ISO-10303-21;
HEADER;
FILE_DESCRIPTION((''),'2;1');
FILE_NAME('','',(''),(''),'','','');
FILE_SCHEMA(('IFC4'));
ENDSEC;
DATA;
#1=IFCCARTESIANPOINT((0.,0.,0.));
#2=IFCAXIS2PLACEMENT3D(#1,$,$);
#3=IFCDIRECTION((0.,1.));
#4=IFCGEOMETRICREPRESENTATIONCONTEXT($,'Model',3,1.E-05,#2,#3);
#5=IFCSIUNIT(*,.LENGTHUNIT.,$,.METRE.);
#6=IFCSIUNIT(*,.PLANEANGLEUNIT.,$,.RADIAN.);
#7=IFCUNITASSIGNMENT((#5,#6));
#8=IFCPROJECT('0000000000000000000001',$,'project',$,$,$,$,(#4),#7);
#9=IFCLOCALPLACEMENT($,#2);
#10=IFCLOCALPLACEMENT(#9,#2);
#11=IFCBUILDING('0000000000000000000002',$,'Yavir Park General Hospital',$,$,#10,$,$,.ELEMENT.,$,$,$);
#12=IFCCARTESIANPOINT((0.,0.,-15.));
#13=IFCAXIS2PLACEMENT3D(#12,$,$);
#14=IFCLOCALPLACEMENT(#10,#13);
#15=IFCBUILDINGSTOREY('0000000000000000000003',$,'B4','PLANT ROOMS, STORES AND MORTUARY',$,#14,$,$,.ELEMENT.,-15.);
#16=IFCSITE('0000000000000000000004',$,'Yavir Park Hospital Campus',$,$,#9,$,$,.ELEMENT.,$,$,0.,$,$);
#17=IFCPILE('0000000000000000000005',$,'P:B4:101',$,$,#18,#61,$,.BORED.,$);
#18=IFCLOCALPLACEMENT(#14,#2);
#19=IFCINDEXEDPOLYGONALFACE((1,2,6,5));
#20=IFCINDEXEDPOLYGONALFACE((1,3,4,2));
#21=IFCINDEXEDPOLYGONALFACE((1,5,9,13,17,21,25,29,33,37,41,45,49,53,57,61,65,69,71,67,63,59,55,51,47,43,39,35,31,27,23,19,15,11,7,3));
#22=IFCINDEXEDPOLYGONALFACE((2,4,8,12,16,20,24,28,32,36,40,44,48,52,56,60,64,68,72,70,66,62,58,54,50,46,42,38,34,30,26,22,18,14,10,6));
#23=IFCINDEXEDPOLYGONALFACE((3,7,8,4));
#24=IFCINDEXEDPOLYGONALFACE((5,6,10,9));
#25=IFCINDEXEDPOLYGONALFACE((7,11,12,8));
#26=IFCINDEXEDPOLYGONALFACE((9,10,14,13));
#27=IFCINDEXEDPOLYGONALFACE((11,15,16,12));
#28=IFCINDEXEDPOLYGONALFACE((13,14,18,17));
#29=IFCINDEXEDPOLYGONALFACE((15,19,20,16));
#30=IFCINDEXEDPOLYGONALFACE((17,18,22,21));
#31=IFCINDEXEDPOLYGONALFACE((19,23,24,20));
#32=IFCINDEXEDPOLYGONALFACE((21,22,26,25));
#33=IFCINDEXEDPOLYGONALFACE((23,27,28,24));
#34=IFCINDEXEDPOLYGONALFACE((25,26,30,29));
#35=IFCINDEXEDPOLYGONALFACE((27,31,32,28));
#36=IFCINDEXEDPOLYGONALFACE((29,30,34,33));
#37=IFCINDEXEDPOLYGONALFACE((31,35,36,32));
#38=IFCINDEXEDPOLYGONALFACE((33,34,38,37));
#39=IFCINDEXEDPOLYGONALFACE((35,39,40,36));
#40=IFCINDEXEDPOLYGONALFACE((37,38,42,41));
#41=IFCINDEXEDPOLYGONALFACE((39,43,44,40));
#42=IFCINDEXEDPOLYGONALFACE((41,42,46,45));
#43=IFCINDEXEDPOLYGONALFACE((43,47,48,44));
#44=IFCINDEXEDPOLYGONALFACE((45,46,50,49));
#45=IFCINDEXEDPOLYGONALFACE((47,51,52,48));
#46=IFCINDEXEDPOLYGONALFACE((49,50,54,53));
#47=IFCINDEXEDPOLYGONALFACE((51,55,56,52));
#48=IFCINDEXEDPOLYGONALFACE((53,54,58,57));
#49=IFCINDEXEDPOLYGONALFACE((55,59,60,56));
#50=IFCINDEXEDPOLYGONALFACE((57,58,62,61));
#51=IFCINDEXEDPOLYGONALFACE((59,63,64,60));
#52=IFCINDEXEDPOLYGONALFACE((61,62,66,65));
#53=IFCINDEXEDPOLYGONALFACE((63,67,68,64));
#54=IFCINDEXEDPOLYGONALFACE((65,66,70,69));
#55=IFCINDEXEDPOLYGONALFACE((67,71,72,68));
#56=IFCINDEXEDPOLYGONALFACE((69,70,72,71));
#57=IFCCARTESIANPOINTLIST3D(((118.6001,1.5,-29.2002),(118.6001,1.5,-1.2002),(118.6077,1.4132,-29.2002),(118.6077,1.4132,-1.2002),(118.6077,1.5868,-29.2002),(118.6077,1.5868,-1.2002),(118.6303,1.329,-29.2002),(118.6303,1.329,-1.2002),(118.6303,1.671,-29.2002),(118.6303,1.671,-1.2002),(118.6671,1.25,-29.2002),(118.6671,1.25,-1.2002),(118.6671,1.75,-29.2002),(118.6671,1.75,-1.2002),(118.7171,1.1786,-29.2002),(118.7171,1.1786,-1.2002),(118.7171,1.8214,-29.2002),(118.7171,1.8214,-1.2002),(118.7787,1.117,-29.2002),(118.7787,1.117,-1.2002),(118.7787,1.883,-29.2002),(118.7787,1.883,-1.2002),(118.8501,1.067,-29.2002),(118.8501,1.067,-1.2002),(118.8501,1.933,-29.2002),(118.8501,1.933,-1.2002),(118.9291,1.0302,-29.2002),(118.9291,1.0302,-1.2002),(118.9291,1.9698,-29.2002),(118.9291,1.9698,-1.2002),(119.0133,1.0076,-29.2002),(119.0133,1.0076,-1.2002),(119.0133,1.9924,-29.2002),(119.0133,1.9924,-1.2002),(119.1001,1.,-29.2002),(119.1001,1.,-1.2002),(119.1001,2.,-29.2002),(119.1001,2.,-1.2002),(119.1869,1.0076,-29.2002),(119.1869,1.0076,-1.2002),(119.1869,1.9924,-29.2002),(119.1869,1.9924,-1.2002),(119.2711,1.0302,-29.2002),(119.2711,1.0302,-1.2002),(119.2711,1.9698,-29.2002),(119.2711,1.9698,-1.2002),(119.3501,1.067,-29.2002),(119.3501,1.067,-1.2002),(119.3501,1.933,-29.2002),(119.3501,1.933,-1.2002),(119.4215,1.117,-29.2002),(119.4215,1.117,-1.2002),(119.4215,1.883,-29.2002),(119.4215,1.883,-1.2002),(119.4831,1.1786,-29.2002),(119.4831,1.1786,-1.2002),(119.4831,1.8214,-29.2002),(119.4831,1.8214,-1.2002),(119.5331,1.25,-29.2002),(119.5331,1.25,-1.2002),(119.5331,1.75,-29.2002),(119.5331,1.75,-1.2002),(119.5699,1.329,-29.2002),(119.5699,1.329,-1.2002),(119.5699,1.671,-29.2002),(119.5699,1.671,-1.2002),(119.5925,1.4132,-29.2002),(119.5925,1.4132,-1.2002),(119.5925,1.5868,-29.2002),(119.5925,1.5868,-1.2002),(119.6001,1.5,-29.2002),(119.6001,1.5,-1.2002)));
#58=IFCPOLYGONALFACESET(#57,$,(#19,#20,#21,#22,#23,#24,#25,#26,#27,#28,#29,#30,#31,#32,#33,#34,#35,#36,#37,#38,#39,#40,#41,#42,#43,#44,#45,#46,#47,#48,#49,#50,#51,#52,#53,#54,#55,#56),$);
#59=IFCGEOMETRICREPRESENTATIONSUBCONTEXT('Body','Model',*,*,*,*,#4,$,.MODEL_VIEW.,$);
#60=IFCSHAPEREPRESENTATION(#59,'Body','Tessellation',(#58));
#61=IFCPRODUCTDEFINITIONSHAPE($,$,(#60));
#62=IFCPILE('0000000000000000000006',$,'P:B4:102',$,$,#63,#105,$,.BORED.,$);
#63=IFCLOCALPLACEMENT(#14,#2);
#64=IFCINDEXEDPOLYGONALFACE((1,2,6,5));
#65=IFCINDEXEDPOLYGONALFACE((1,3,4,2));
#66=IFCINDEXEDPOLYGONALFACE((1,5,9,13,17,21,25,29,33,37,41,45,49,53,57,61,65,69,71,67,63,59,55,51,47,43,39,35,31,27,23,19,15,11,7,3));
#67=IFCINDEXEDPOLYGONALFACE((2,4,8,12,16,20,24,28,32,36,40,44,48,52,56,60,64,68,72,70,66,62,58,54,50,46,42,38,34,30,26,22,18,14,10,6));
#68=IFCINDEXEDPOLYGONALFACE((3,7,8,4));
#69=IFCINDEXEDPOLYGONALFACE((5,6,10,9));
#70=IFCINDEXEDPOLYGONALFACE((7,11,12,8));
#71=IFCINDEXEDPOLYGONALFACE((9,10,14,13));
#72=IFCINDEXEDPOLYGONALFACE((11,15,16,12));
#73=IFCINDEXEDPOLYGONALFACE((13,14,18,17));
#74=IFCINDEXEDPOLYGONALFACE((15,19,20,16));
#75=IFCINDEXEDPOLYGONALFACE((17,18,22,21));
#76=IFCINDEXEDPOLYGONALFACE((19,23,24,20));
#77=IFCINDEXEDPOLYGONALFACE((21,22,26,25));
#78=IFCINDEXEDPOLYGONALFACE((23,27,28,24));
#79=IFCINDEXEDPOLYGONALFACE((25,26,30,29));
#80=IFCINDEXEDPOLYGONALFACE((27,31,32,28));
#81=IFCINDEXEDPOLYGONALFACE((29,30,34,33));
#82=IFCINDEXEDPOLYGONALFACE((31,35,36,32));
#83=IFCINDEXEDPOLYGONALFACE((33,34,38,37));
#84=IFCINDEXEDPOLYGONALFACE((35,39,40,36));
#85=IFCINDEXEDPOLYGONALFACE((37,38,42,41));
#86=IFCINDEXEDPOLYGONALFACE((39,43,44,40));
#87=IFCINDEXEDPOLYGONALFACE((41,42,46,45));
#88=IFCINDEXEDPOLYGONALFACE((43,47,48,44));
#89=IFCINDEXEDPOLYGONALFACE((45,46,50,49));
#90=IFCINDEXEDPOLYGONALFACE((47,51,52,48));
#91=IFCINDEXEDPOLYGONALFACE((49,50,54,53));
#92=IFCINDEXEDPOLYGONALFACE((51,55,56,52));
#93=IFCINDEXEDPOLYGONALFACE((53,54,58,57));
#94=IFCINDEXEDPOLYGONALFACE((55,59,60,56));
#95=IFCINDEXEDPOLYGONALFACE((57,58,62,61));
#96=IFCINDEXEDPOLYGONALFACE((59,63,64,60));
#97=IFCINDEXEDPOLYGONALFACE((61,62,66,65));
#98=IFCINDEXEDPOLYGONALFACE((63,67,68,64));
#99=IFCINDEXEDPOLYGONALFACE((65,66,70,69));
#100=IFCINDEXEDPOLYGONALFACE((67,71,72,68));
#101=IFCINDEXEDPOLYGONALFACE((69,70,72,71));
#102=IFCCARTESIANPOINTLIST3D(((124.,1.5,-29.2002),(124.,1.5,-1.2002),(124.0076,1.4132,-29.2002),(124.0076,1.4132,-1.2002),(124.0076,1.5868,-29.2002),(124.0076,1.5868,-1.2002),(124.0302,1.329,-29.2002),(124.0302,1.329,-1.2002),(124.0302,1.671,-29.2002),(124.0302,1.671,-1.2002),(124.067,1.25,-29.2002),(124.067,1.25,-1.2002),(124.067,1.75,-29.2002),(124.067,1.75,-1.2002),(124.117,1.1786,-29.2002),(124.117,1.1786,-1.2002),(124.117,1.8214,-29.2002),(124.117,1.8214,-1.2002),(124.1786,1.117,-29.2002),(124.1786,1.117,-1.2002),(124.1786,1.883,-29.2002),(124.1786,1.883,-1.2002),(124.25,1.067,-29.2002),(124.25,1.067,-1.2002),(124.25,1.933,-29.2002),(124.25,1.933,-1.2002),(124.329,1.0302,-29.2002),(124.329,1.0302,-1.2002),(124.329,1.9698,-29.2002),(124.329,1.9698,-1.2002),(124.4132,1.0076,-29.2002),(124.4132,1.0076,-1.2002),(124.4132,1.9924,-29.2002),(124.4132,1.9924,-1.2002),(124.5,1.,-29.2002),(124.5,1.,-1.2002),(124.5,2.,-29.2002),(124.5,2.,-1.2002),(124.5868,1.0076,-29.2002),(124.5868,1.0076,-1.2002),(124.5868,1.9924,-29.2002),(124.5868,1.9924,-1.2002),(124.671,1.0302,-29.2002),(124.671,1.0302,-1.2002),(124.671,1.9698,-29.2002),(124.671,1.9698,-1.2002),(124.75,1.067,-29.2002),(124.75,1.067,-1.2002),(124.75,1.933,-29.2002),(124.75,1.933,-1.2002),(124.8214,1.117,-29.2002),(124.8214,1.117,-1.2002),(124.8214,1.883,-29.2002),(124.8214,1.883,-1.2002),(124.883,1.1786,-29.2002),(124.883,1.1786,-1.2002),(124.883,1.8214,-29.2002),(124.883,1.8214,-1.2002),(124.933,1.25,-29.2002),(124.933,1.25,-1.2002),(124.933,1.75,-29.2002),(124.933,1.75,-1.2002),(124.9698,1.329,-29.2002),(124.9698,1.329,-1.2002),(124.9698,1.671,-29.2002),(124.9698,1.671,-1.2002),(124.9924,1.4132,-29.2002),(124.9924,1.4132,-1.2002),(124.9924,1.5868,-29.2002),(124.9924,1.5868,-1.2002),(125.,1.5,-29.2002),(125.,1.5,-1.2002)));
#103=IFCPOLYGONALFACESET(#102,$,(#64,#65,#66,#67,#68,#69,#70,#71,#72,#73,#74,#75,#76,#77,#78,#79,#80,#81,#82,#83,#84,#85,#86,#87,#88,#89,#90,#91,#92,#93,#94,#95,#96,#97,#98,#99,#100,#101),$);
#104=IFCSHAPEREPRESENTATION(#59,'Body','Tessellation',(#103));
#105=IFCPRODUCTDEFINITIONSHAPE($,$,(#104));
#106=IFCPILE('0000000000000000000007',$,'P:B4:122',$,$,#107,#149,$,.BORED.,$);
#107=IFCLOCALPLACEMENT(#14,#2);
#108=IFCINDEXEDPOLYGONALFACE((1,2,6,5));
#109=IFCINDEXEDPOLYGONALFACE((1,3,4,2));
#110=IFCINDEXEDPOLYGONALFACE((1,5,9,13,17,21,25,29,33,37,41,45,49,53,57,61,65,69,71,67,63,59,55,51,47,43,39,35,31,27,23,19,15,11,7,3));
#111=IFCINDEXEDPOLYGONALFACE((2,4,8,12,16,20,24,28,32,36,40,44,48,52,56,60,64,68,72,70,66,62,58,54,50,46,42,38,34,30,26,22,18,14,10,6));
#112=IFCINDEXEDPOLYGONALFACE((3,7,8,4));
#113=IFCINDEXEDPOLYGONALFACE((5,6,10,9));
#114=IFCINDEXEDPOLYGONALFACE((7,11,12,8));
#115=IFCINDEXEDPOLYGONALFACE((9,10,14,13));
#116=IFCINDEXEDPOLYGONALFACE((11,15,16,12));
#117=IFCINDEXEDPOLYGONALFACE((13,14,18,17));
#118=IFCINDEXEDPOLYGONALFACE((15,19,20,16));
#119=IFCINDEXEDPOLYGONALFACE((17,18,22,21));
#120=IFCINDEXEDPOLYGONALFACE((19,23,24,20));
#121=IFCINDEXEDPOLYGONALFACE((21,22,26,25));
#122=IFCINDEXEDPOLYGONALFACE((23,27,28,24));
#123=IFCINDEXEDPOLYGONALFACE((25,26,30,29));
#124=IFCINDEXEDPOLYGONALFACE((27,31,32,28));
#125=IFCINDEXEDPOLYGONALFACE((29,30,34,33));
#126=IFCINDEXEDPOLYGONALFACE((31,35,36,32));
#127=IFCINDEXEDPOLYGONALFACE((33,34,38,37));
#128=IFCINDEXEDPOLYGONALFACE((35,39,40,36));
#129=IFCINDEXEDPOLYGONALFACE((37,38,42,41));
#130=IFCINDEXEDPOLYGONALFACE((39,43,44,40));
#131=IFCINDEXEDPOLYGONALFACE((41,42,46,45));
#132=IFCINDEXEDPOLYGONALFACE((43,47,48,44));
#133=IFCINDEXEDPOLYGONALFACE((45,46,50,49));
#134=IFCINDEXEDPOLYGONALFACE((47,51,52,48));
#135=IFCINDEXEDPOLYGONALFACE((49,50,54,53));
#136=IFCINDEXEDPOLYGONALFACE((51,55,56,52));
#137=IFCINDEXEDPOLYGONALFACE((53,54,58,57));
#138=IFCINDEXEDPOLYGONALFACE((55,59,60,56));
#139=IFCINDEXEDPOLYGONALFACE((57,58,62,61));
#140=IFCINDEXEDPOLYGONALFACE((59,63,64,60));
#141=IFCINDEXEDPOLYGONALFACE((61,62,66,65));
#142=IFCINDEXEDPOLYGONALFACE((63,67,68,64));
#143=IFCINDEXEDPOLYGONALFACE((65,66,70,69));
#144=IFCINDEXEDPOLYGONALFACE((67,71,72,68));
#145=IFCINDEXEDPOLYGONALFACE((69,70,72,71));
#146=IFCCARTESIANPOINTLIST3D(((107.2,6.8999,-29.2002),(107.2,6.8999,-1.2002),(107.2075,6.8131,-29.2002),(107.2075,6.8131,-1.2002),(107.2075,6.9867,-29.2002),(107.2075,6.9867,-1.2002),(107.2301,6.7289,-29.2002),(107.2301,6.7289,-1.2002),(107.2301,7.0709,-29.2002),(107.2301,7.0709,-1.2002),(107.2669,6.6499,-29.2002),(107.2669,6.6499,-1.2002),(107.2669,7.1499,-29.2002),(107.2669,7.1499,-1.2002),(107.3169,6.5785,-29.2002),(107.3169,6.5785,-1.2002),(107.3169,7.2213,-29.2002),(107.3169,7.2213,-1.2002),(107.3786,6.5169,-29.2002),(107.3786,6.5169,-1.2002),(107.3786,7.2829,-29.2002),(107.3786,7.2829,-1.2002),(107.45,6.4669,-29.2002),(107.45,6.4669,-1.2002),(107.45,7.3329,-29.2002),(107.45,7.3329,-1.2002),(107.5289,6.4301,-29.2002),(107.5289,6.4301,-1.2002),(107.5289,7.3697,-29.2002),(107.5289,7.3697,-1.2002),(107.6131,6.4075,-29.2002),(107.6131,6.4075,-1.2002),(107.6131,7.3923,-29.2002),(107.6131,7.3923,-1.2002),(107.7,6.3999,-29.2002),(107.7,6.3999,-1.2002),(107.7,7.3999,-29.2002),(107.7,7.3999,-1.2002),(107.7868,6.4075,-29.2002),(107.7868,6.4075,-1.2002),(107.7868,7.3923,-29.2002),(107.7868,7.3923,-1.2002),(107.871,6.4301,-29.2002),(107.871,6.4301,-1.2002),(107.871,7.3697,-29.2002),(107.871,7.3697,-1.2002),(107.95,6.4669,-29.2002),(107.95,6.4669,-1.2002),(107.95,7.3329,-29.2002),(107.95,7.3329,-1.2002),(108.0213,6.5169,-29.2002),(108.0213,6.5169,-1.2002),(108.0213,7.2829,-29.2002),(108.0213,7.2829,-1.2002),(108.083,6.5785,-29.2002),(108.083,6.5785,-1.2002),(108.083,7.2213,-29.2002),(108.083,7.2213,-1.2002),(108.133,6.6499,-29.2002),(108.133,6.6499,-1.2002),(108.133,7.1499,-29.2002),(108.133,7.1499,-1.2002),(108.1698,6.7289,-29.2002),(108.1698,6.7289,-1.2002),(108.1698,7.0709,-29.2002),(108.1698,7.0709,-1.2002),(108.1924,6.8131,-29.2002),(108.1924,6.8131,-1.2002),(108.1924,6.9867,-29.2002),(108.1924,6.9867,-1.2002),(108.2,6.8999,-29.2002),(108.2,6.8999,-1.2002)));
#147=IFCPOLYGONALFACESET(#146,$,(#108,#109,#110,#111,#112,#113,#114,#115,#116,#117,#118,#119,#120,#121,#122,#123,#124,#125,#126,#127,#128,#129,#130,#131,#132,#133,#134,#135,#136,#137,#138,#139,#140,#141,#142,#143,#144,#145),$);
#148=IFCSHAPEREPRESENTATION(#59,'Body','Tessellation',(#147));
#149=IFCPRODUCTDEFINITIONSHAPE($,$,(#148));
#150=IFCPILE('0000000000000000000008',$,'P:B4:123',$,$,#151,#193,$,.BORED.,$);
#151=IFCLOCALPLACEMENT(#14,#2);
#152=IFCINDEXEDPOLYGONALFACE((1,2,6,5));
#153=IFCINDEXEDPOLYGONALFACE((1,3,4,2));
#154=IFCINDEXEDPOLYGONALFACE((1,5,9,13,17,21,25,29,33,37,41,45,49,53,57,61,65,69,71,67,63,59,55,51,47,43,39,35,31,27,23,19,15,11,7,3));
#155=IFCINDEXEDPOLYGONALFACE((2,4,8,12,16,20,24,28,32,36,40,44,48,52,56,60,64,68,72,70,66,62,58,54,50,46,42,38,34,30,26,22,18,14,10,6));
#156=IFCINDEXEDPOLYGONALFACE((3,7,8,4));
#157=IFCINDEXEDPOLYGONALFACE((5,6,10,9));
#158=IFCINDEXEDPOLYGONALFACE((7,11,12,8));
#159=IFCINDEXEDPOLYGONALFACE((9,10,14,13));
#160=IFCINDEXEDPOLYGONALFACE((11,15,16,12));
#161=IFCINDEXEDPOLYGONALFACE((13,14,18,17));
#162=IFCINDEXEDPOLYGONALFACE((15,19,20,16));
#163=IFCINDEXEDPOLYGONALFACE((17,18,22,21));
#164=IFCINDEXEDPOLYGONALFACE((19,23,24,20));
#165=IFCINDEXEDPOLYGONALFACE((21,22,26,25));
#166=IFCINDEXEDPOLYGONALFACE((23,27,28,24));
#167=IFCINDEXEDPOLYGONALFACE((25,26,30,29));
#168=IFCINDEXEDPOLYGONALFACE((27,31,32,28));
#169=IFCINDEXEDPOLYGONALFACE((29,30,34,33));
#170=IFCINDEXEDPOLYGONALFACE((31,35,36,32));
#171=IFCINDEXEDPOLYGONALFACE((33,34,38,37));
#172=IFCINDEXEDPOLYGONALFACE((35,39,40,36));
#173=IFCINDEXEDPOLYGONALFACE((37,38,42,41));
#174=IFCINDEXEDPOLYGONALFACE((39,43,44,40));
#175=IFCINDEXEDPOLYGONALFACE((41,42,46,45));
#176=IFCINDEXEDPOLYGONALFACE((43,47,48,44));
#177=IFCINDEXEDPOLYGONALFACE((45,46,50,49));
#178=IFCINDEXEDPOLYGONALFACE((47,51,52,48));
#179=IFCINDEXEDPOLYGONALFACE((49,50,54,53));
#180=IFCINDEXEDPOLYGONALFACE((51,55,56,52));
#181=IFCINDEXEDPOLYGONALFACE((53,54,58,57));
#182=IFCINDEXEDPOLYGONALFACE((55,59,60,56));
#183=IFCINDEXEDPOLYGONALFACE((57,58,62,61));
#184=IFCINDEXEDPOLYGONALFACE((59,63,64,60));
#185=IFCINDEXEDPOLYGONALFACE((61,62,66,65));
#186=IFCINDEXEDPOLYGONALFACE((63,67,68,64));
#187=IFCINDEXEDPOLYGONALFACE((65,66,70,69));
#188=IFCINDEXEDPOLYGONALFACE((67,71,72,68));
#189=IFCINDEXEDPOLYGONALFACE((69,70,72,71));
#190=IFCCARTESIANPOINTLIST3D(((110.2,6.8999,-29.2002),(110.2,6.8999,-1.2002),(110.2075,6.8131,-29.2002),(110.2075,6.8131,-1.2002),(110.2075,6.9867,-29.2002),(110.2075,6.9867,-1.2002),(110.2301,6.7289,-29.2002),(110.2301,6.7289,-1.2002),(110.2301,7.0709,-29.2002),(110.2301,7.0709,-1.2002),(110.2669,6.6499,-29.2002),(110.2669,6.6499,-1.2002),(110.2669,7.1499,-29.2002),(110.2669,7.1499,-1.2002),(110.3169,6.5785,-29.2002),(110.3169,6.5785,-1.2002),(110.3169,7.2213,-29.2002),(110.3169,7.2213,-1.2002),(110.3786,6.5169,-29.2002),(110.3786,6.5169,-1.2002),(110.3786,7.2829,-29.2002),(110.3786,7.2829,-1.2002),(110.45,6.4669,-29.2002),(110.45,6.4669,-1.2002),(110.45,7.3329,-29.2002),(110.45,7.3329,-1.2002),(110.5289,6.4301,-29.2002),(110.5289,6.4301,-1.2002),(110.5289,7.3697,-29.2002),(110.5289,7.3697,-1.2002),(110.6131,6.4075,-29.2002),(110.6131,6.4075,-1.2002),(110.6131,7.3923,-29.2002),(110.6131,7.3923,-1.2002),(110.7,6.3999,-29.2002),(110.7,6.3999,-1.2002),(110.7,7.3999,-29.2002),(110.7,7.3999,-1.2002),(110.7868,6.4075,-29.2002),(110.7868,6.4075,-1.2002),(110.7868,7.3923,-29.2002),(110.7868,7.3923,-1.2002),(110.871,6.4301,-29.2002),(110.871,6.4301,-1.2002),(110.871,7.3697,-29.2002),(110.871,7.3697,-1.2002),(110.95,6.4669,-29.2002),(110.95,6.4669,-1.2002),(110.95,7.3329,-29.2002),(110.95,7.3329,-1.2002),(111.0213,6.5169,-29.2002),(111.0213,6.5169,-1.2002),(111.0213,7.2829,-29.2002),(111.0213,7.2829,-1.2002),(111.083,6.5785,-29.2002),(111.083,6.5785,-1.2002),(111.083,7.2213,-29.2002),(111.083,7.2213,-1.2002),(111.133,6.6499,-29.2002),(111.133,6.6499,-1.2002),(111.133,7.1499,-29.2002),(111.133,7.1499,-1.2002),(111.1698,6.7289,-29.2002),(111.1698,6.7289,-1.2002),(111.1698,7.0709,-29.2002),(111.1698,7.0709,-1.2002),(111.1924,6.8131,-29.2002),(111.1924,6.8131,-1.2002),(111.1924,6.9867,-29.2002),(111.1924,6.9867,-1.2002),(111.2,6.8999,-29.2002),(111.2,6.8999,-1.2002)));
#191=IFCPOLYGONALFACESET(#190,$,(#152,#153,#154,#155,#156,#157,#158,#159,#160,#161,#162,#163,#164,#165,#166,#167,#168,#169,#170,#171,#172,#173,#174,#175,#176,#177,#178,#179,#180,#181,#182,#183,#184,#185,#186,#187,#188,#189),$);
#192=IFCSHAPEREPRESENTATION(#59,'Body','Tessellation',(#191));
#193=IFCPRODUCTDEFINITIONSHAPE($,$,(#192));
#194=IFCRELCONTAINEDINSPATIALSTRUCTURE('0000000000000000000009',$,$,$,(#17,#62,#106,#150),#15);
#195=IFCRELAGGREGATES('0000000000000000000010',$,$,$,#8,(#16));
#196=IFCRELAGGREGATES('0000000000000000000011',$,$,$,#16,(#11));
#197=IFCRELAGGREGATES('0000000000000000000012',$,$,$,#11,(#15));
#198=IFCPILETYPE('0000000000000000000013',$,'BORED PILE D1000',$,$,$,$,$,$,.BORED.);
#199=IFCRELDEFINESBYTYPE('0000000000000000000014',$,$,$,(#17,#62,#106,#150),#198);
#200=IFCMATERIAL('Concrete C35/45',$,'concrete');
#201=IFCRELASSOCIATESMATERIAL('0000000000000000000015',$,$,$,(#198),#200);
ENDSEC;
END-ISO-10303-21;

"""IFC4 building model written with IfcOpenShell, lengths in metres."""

from ifc_helpers import new_model, si_unit, direction, frame, origin, origin_2d, place, context, subcontext, project, spatial, circle, extrude, material, material_profile, profile_set, type_object, element, save


model = new_model("IFC4")

# Units and contexts
model_context = context("Model", 3, precision=1e-05, world=origin(), true_north=direction((0.0, 1.0)))
body_context = subcontext(model_context, "Body", "Model", "MODEL_VIEW")
ifc_project = project(units=[si_unit("LENGTHUNIT", "METRE"), si_unit("PLANEANGLEUNIT", "RADIAN")], contexts=[model_context])

# Site, building, storey
site_placement = place(None, origin())
site = spatial("IfcSite", under=ifc_project, at=site_placement, Name="Yavir Park Hospital Campus", CompositionType="ELEMENT", RefElevation=0.0)
building_placement = place(site_placement, origin())
building = spatial("IfcBuilding", under=site, at=building_placement, Name="Yavir Park General Hospital", CompositionType="ELEMENT")
storey_placement = place(building_placement, frame((0.0, 0.0, -15.0)))
storey = spatial("IfcBuildingStorey", under=building, at=storey_placement, Name="B4", Description="PLANT ROOMS, STORES AND MORTUARY", CompositionType="ELEMENT", Elevation=-15.0)

# Piles
ifc_material_1 = material(Name="Concrete C35/45", Category="concrete")
ifc_material_profile_1 = material_profile(ifc_material_1, circle(Radius=0.5, at=origin_2d()), Name="D1000")
ifc_profile_set_1 = profile_set([ifc_material_profile_1], Name="Concrete C35/45")
pile_type_1 = type_object("IfcPileType", Name="BORED PILE D1000", PredefinedType="BORED", material=ifc_profile_set_1)
for number, where, z_axis, x_axis, name in (
    (1, (119.1001, 1.5, -1.2002), (0.0, 0.0, -1.0), (1.0, 0.0, 0.0), "P:B4:101"),
    (2, (124.5, 1.5, -1.2002), (0.0, 0.0, -1.0), (1.0, 0.0, 0.0), "P:B4:102"),
    (3, (107.7, 6.8999, -1.2002), (0.0, 0.0, -1.0), (1.0, 0.0, 0.0), "P:B4:122"),
    (4, (110.7, 6.8999, -1.2002), (0.0, 0.0, -1.0), (1.0, 0.0, 0.0), "P:B4:123"),
):
    element("IfcPile", number, at=place(storey_placement, frame(where, z_axis=z_axis, x_axis=x_axis)), inside=storey, type_object=pile_type_1, Name=name, PredefinedType="BORED", context=body_context, shape_type="SweptSolid", body=[
        extrude(circle(Radius=0.5, at=origin_2d()), origin(), (0.0, 0.0, 1.0), 28.0),
    ])

save(model, "model.ifc")
